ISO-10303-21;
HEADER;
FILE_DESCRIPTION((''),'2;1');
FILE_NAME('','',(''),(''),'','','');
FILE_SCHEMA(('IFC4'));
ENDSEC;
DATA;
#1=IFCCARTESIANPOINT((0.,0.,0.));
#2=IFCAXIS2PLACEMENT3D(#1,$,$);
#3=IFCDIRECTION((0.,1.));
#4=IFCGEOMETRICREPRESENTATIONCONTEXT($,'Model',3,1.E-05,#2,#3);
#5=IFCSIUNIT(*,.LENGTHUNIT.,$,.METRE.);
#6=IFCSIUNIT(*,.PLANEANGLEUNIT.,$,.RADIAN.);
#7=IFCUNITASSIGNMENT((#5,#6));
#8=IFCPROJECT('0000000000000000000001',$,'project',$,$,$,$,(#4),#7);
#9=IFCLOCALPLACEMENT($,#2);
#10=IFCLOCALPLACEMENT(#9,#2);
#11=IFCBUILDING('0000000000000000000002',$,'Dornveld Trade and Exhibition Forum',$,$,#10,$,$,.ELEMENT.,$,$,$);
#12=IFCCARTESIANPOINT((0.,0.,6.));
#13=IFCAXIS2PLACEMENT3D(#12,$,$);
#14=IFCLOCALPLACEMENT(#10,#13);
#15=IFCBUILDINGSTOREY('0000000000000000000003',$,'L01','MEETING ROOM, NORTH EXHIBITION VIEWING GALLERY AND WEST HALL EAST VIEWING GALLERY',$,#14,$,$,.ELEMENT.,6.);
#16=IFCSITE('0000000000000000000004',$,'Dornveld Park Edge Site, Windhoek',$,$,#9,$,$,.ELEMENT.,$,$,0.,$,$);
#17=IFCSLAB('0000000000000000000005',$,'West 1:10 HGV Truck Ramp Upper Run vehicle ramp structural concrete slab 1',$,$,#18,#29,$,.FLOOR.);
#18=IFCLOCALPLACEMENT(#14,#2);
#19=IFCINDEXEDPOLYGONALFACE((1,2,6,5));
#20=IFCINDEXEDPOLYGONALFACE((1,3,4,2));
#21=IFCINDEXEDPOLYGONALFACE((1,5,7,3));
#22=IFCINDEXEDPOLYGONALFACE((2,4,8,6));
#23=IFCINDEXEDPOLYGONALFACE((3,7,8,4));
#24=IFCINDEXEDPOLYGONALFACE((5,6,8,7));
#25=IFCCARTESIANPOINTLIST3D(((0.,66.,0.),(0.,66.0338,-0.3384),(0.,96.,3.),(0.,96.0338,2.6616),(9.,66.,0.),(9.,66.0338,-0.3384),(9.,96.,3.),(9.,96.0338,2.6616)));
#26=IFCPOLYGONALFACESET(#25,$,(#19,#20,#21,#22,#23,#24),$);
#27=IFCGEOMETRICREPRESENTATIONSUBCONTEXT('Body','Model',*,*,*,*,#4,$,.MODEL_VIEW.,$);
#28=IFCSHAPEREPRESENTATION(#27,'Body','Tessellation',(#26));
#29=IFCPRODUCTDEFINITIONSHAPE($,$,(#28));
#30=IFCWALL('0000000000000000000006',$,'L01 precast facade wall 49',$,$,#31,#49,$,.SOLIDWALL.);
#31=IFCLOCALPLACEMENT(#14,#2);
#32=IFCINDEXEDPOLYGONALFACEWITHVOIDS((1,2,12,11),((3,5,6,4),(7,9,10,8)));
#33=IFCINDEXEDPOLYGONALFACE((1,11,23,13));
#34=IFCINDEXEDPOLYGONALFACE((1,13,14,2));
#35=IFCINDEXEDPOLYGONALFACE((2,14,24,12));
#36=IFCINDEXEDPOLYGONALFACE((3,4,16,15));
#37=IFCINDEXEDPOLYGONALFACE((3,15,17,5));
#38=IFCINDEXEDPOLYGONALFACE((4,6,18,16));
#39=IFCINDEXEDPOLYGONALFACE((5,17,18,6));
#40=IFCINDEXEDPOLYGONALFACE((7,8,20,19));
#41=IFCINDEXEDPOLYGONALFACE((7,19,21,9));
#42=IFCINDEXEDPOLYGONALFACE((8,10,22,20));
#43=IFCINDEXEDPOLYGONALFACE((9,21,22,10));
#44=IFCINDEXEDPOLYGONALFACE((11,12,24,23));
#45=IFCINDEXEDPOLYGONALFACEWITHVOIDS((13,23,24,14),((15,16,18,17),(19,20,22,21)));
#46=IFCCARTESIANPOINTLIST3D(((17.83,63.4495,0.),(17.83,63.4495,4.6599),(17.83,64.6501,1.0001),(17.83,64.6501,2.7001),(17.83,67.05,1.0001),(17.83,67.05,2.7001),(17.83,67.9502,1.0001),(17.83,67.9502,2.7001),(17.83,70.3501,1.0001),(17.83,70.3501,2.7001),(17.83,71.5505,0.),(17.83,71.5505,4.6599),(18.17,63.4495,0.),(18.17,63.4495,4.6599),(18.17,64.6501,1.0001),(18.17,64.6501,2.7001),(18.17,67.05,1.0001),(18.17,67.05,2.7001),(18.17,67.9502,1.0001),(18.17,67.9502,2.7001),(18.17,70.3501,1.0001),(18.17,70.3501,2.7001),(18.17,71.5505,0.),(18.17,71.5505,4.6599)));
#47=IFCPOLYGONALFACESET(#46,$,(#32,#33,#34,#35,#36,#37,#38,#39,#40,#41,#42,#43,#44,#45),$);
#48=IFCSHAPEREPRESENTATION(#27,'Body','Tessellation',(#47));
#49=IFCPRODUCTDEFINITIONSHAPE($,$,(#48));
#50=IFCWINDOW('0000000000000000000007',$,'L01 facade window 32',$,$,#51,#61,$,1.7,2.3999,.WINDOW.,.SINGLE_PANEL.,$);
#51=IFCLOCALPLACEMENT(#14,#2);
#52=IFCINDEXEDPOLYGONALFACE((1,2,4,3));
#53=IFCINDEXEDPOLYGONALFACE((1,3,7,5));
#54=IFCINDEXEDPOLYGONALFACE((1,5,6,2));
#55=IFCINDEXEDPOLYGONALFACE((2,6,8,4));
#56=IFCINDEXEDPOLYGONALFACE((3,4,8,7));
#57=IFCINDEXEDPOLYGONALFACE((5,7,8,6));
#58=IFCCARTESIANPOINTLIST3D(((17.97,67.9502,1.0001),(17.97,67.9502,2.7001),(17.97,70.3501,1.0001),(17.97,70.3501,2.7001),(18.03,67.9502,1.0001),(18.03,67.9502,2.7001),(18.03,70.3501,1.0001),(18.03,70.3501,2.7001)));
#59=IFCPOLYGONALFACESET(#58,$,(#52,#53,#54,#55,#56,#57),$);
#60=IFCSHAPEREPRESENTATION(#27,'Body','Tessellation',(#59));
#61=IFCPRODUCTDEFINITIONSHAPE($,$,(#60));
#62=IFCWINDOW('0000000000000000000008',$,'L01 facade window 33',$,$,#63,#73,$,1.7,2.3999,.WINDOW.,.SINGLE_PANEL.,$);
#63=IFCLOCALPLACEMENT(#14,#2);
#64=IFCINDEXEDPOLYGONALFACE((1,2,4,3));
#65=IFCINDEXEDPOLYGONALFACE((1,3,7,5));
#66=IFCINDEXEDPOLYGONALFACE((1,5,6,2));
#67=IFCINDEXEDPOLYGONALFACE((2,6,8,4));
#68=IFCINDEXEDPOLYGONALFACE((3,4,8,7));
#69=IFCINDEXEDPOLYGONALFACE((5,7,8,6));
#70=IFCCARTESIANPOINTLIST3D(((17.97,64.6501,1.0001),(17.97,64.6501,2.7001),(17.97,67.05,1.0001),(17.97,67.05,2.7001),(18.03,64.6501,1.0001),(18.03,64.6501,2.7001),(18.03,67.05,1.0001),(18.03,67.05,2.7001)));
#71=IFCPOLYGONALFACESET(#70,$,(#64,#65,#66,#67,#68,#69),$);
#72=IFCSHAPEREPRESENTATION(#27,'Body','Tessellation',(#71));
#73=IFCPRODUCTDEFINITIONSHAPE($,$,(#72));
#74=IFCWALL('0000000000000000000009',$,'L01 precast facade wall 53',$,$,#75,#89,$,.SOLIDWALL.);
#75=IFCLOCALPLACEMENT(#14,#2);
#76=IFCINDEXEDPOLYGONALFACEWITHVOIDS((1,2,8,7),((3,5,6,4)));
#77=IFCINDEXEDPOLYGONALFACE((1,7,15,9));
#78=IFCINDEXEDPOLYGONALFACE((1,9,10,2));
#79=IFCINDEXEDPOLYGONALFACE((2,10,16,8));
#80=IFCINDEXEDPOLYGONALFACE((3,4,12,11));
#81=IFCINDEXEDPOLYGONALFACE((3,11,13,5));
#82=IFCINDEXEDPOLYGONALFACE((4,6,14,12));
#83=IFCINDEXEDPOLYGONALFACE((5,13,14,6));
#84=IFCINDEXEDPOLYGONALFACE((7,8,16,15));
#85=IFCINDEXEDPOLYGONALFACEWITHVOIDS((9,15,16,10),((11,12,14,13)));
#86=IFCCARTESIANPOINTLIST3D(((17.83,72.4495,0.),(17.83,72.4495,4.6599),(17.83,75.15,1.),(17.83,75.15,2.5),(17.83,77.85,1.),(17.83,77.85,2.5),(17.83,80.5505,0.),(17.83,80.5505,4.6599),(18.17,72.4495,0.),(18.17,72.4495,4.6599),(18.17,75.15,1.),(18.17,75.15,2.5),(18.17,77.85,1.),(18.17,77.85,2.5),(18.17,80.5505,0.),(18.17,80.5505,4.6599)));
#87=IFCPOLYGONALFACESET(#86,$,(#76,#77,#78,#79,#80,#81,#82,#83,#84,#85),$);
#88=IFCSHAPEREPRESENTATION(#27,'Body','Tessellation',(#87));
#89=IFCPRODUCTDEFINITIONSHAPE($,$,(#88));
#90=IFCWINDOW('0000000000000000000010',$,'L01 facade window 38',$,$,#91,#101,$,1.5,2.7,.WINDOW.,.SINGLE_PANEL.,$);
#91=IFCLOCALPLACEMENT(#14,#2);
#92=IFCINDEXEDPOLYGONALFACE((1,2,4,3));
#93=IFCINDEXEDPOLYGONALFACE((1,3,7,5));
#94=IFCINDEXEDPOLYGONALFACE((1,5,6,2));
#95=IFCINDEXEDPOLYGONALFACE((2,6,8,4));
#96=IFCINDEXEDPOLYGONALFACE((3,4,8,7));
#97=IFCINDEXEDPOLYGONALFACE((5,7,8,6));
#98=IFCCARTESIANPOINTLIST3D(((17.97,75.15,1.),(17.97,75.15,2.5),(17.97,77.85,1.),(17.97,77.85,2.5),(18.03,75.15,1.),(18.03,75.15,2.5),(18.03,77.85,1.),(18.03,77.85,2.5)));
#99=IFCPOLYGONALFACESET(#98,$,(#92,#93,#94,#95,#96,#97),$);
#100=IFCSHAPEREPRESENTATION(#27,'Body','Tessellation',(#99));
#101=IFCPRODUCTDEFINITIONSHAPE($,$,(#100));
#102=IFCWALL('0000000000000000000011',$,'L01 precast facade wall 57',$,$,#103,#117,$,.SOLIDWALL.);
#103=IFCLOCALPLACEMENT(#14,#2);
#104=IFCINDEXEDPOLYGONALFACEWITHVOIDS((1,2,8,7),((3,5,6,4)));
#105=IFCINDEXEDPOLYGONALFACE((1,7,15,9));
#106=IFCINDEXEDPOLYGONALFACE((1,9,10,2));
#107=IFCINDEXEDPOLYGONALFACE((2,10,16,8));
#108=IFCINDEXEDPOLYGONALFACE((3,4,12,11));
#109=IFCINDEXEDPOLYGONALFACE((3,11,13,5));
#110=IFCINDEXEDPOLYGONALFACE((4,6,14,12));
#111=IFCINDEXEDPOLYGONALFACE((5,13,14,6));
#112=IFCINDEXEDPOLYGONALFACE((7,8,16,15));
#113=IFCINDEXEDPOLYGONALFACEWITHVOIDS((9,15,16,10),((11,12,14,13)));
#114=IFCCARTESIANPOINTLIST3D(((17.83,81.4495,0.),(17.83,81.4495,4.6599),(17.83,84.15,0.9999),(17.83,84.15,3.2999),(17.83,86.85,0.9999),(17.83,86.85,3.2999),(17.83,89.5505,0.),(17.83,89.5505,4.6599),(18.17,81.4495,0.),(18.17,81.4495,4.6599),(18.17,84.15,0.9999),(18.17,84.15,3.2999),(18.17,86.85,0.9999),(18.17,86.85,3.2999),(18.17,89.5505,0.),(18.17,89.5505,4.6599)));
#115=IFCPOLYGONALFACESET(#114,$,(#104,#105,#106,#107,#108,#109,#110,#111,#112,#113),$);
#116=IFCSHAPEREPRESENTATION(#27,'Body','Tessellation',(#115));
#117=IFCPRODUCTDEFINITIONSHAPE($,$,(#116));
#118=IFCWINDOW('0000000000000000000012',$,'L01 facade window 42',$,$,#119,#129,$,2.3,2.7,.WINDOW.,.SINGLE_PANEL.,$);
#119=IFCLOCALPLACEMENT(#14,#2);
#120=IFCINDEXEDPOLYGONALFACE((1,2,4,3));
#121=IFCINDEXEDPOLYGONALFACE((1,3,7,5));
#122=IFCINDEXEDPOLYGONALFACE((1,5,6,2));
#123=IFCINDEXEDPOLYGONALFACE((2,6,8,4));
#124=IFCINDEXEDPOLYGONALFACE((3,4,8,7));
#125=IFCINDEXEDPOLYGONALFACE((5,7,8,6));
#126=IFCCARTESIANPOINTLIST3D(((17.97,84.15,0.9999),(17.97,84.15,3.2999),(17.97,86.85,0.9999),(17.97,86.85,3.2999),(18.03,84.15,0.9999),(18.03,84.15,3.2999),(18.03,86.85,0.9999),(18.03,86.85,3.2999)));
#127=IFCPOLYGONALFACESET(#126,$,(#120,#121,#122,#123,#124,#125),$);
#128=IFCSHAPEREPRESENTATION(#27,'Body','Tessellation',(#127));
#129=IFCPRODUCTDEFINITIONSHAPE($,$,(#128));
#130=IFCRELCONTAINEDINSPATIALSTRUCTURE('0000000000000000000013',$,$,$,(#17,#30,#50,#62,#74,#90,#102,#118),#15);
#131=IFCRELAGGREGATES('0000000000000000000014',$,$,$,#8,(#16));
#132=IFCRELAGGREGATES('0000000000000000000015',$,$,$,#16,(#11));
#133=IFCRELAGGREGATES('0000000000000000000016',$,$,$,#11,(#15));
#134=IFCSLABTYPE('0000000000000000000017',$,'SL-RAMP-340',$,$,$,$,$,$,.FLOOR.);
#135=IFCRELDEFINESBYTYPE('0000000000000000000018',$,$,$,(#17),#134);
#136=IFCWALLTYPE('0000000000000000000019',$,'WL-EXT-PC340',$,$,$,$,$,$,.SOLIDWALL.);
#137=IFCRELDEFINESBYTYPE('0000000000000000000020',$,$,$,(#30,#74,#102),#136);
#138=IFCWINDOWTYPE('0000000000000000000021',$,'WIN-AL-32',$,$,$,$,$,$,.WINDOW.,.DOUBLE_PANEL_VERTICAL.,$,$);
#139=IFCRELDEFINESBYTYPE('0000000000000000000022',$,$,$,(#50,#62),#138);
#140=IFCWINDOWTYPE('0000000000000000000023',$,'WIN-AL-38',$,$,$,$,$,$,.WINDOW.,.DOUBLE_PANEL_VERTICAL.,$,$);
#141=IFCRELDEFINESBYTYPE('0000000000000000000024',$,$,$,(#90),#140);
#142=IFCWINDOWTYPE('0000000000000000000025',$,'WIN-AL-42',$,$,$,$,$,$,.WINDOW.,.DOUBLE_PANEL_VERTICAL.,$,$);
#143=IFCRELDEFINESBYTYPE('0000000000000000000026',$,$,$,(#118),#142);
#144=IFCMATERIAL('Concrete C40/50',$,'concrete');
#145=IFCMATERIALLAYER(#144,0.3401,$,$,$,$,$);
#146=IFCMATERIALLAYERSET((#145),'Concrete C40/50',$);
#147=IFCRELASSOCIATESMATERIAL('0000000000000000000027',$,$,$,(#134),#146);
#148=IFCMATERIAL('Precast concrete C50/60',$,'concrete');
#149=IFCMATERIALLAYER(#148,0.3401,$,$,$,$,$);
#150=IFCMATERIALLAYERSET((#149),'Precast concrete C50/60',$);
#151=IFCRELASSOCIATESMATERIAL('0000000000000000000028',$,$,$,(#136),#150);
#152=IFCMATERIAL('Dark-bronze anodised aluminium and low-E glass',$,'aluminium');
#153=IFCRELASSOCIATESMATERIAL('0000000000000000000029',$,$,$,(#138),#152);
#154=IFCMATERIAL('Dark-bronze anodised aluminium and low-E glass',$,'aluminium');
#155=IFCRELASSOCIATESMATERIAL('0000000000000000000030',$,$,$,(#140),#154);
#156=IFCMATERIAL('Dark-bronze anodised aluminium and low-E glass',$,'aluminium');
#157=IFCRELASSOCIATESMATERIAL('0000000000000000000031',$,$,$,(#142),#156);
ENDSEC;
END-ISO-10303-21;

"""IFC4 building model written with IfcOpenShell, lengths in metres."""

from ifc_helpers import new_model, si_unit, direction, frame, frame_2d, origin, place, context, subcontext, project, spatial, polyline, rectangle, outline, extrude, material, layer, layer_set, type_object, element, fill, save


model = new_model("IFC4")

# Units and contexts
model_context = context("Model", 3, precision=1e-05, world=origin(), true_north=direction((0.0, 1.0)))
body_context = subcontext(model_context, "Body", "Model", "MODEL_VIEW")
ifc_project = project(units=[si_unit("LENGTHUNIT", "METRE"), si_unit("PLANEANGLEUNIT", "RADIAN")], contexts=[model_context])

# Site, building, storey
site_placement = place(None, origin())
site = spatial("IfcSite", under=ifc_project, at=site_placement, Name="Dornveld Park Edge Site, Windhoek", CompositionType="ELEMENT", RefElevation=0.0)
building_placement = place(site_placement, origin())
building = spatial("IfcBuilding", under=site, at=building_placement, Name="Dornveld Trade and Exhibition Forum", CompositionType="ELEMENT")
storey_placement = place(building_placement, frame((0.0, 0.0, 6.0)))
storey = spatial("IfcBuildingStorey", under=building, at=storey_placement, Name="L01", Description="MEETING ROOM, NORTH EXHIBITION VIEWING GALLERY AND WEST HALL EAST VIEWING GALLERY", CompositionType="ELEMENT", Elevation=6.0)

# Slab
ifc_material_1 = material(Name="Concrete C40/50", Category="concrete")
ifc_layer_1 = layer(ifc_material_1, 0.3401)
ifc_layer_set_1 = layer_set([ifc_layer_1], Name="Concrete C40/50")
slab_type = type_object("IfcSlabType", Name="SL-RAMP-340", PredefinedType="FLOOR", material=ifc_layer_set_1)
slab_placement = place(storey_placement, frame((0.0, 66.0, 0.0), z_axis=(0.0, -0.099504, 0.995037), x_axis=(1.0, 0.0, 0.0)))
element("IfcSlab", 1, at=slab_placement, inside=storey, type_object=slab_type, Name="West 1:10 HGV Truck Ramp Upper Run vehicle ramp structural concrete slab 1", PredefinedType="FLOOR", context=body_context, shape_type="SweptSolid", body=[
    extrude(outline(polyline([(0.0, 0.0), (9.0, 0.0), (9.0, 30.1496), (0.0, 30.1496), (0.0, 0.0)])), origin(), (0.0, 0.0, -1.0), 0.3401),
])

# Wall, openings, windows
ifc_material_2 = material(Name="Precast concrete C50/60", Category="concrete")
ifc_layer_2 = layer(ifc_material_2, 0.3401)
ifc_layer_set_2 = layer_set([ifc_layer_2], Name="Precast concrete C50/60")
wall_type = type_object("IfcWallType", Name="WL-EXT-PC340", PredefinedType="SOLIDWALL", material=ifc_layer_set_2)
wall_1_placement = place(storey_placement, frame((18.0, 71.5505, 0.0), z_axis=(0.0, 0.0, 1.0), x_axis=(0.0, -1.0, 0.0)))
wall_1 = element("IfcWall", 2, at=wall_1_placement, inside=storey, type_object=wall_type, Name="L01 precast facade wall 49", PredefinedType="SOLIDWALL", context=body_context, shape_type="SweptSolid", body=[
    extrude(rectangle(XDim=8.1011, YDim=0.3401, at=frame_2d((4.0505, 0.0))), origin(), (0.0, 0.0, 1.0), 4.6599),
])
opening_1_placement = place(wall_1_placement, frame((1.2004, 0.0, 1.0)))
opening_1 = element("IfcOpeningElement", 3, at=opening_1_placement, cuts=wall_1, PredefinedType="OPENING", context=body_context, shape_type="SweptSolid", body=[
    extrude(rectangle(XDim=2.3999, YDim=1.7, at=frame_2d((1.2, 0.8501))), frame((0.0, 0.1799, 0.0), z_axis=(0.0, -1.0, 0.0), x_axis=(1.0, 0.0, 0.0)), (0.0, 0.0, 1.0), 0.3601),
])
opening_2_placement = place(wall_1_placement, frame((4.5005, 0.0, 1.0)))
opening_2 = element("IfcOpeningElement", 4, at=opening_2_placement, cuts=wall_1, PredefinedType="OPENING", context=body_context, shape_type="SweptSolid", body=[
    extrude(rectangle(XDim=2.3999, YDim=1.7, at=frame_2d((1.2, 0.8501))), frame((0.0, 0.1799, 0.0), z_axis=(0.0, -1.0, 0.0), x_axis=(1.0, 0.0, 0.0)), (0.0, 0.0, 1.0), 0.3601),
])
ifc_material_3 = material(Name="Dark-bronze anodised aluminium and low-E glass", Category="aluminium")
window_type_1 = type_object("IfcWindowType", Name="WIN-AL-32", PartitioningType="DOUBLE_PANEL_VERTICAL", PredefinedType="WINDOW", material=ifc_material_3)
window_1_placement = place(opening_1_placement, origin())
window_1 = element("IfcWindow", 5, at=window_1_placement, inside=storey, type_object=window_type_1, Name="L01 facade window 32", OverallHeight=1.7, OverallWidth=2.3999, PartitioningType="SINGLE_PANEL", PredefinedType="WINDOW", context=body_context, shape_type="SweptSolid", body=[
    extrude(rectangle(XDim=2.3999, YDim=1.7, at=frame_2d((1.2, 0.8501))), frame((0.0, 0.03, 0.0), z_axis=(0.0, -1.0, 0.0), x_axis=(1.0, 0.0, 0.0)), (0.0, 0.0, 1.0), 0.0601),
])
fill(opening_1, window_1)
window_2_placement = place(opening_2_placement, origin())
window_2 = element("IfcWindow", 6, at=window_2_placement, inside=storey, type_object=window_type_1, Name="L01 facade window 33", OverallHeight=1.7, OverallWidth=2.3999, PartitioningType="SINGLE_PANEL", PredefinedType="WINDOW", context=body_context, shape_type="SweptSolid", body=[
    extrude(rectangle(XDim=2.3999, YDim=1.7, at=frame_2d((1.2, 0.8501))), frame((0.0, 0.03, 0.0), z_axis=(0.0, -1.0, 0.0), x_axis=(1.0, 0.0, 0.0)), (0.0, 0.0, 1.0), 0.0601),
])
fill(opening_2, window_2)

# Walls, openings, windows
wall_2_placement = place(storey_placement, frame((18.0, 80.5505, 0.0), z_axis=(0.0, 0.0, 1.0), x_axis=(0.0, -1.0, 0.0)))
wall_2 = element("IfcWall", 7, at=wall_2_placement, inside=storey, type_object=wall_type, Name="L01 precast facade wall 53", PredefinedType="SOLIDWALL", context=body_context, shape_type="SweptSolid", body=[
    extrude(rectangle(XDim=8.1011, YDim=0.3401, at=frame_2d((4.0505, 0.0))), origin(), (0.0, 0.0, 1.0), 4.6599),
])
opening_3_placement = place(wall_2_placement, frame((2.7004, 0.0, 1.0)))
opening_3 = element("IfcOpeningElement", 8, at=opening_3_placement, cuts=wall_2, PredefinedType="OPENING", context=body_context, shape_type="SweptSolid", body=[
    extrude(rectangle(XDim=2.7, YDim=1.5, at=frame_2d((1.3501, 0.75))), frame((0.0, 0.1799, 0.0), z_axis=(0.0, -1.0, 0.0), x_axis=(1.0, 0.0, 0.0)), (0.0, 0.0, 1.0), 0.3601),
])
ifc_material_4 = material(Name="Dark-bronze anodised aluminium and low-E glass", Category="aluminium")
window_type_2 = type_object("IfcWindowType", Name="WIN-AL-38", PartitioningType="DOUBLE_PANEL_VERTICAL", PredefinedType="WINDOW", material=ifc_material_4)
window_3_placement = place(opening_3_placement, origin())
window_3 = element("IfcWindow", 9, at=window_3_placement, inside=storey, type_object=window_type_2, Name="L01 facade window 38", OverallHeight=1.5, OverallWidth=2.7, PartitioningType="SINGLE_PANEL", PredefinedType="WINDOW", context=body_context, shape_type="SweptSolid", body=[
    extrude(rectangle(XDim=2.7, YDim=1.5, at=frame_2d((1.3501, 0.75))), frame((0.0, 0.03, 0.0), z_axis=(0.0, -1.0, 0.0), x_axis=(1.0, 0.0, 0.0)), (0.0, 0.0, 1.0), 0.0601),
])
fill(opening_3, window_3)
wall_3_placement = place(storey_placement, frame((18.0, 89.5505, 0.0), z_axis=(0.0, 0.0, 1.0), x_axis=(0.0, -1.0, 0.0)))
wall_3 = element("IfcWall", 10, at=wall_3_placement, inside=storey, type_object=wall_type, Name="L01 precast facade wall 57", PredefinedType="SOLIDWALL", context=body_context, shape_type="SweptSolid", body=[
    extrude(rectangle(XDim=8.1011, YDim=0.3401, at=frame_2d((4.0505, 0.0))), origin(), (0.0, 0.0, 1.0), 4.6599),
])
opening_4_placement = place(wall_3_placement, frame((2.7004, 0.0, 1.0)))
opening_4 = element("IfcOpeningElement", 11, at=opening_4_placement, cuts=wall_3, PredefinedType="OPENING", context=body_context, shape_type="SweptSolid", body=[
    extrude(rectangle(XDim=2.7, YDim=2.3, at=frame_2d((1.3501, 1.1499))), frame((0.0, 0.1799, 0.0), z_axis=(0.0, -1.0, 0.0), x_axis=(1.0, 0.0, 0.0)), (0.0, 0.0, 1.0), 0.3601),
])
ifc_material_5 = material(Name="Dark-bronze anodised aluminium and low-E glass", Category="aluminium")
window_type_3 = type_object("IfcWindowType", Name="WIN-AL-42", PartitioningType="DOUBLE_PANEL_VERTICAL", PredefinedType="WINDOW", material=ifc_material_5)
window_4_placement = place(opening_4_placement, origin())
window_4 = element("IfcWindow", 12, at=window_4_placement, inside=storey, type_object=window_type_3, Name="L01 facade window 42", OverallHeight=2.3, OverallWidth=2.7, PartitioningType="SINGLE_PANEL", PredefinedType="WINDOW", context=body_context, shape_type="SweptSolid", body=[
    extrude(rectangle(XDim=2.7, YDim=2.3, at=frame_2d((1.3501, 1.1499))), frame((0.0, 0.03, 0.0), z_axis=(0.0, -1.0, 0.0), x_axis=(1.0, 0.0, 0.0)), (0.0, 0.0, 1.0), 0.0601),
])
fill(opening_4, window_4)

save(model, "model.ifc")
